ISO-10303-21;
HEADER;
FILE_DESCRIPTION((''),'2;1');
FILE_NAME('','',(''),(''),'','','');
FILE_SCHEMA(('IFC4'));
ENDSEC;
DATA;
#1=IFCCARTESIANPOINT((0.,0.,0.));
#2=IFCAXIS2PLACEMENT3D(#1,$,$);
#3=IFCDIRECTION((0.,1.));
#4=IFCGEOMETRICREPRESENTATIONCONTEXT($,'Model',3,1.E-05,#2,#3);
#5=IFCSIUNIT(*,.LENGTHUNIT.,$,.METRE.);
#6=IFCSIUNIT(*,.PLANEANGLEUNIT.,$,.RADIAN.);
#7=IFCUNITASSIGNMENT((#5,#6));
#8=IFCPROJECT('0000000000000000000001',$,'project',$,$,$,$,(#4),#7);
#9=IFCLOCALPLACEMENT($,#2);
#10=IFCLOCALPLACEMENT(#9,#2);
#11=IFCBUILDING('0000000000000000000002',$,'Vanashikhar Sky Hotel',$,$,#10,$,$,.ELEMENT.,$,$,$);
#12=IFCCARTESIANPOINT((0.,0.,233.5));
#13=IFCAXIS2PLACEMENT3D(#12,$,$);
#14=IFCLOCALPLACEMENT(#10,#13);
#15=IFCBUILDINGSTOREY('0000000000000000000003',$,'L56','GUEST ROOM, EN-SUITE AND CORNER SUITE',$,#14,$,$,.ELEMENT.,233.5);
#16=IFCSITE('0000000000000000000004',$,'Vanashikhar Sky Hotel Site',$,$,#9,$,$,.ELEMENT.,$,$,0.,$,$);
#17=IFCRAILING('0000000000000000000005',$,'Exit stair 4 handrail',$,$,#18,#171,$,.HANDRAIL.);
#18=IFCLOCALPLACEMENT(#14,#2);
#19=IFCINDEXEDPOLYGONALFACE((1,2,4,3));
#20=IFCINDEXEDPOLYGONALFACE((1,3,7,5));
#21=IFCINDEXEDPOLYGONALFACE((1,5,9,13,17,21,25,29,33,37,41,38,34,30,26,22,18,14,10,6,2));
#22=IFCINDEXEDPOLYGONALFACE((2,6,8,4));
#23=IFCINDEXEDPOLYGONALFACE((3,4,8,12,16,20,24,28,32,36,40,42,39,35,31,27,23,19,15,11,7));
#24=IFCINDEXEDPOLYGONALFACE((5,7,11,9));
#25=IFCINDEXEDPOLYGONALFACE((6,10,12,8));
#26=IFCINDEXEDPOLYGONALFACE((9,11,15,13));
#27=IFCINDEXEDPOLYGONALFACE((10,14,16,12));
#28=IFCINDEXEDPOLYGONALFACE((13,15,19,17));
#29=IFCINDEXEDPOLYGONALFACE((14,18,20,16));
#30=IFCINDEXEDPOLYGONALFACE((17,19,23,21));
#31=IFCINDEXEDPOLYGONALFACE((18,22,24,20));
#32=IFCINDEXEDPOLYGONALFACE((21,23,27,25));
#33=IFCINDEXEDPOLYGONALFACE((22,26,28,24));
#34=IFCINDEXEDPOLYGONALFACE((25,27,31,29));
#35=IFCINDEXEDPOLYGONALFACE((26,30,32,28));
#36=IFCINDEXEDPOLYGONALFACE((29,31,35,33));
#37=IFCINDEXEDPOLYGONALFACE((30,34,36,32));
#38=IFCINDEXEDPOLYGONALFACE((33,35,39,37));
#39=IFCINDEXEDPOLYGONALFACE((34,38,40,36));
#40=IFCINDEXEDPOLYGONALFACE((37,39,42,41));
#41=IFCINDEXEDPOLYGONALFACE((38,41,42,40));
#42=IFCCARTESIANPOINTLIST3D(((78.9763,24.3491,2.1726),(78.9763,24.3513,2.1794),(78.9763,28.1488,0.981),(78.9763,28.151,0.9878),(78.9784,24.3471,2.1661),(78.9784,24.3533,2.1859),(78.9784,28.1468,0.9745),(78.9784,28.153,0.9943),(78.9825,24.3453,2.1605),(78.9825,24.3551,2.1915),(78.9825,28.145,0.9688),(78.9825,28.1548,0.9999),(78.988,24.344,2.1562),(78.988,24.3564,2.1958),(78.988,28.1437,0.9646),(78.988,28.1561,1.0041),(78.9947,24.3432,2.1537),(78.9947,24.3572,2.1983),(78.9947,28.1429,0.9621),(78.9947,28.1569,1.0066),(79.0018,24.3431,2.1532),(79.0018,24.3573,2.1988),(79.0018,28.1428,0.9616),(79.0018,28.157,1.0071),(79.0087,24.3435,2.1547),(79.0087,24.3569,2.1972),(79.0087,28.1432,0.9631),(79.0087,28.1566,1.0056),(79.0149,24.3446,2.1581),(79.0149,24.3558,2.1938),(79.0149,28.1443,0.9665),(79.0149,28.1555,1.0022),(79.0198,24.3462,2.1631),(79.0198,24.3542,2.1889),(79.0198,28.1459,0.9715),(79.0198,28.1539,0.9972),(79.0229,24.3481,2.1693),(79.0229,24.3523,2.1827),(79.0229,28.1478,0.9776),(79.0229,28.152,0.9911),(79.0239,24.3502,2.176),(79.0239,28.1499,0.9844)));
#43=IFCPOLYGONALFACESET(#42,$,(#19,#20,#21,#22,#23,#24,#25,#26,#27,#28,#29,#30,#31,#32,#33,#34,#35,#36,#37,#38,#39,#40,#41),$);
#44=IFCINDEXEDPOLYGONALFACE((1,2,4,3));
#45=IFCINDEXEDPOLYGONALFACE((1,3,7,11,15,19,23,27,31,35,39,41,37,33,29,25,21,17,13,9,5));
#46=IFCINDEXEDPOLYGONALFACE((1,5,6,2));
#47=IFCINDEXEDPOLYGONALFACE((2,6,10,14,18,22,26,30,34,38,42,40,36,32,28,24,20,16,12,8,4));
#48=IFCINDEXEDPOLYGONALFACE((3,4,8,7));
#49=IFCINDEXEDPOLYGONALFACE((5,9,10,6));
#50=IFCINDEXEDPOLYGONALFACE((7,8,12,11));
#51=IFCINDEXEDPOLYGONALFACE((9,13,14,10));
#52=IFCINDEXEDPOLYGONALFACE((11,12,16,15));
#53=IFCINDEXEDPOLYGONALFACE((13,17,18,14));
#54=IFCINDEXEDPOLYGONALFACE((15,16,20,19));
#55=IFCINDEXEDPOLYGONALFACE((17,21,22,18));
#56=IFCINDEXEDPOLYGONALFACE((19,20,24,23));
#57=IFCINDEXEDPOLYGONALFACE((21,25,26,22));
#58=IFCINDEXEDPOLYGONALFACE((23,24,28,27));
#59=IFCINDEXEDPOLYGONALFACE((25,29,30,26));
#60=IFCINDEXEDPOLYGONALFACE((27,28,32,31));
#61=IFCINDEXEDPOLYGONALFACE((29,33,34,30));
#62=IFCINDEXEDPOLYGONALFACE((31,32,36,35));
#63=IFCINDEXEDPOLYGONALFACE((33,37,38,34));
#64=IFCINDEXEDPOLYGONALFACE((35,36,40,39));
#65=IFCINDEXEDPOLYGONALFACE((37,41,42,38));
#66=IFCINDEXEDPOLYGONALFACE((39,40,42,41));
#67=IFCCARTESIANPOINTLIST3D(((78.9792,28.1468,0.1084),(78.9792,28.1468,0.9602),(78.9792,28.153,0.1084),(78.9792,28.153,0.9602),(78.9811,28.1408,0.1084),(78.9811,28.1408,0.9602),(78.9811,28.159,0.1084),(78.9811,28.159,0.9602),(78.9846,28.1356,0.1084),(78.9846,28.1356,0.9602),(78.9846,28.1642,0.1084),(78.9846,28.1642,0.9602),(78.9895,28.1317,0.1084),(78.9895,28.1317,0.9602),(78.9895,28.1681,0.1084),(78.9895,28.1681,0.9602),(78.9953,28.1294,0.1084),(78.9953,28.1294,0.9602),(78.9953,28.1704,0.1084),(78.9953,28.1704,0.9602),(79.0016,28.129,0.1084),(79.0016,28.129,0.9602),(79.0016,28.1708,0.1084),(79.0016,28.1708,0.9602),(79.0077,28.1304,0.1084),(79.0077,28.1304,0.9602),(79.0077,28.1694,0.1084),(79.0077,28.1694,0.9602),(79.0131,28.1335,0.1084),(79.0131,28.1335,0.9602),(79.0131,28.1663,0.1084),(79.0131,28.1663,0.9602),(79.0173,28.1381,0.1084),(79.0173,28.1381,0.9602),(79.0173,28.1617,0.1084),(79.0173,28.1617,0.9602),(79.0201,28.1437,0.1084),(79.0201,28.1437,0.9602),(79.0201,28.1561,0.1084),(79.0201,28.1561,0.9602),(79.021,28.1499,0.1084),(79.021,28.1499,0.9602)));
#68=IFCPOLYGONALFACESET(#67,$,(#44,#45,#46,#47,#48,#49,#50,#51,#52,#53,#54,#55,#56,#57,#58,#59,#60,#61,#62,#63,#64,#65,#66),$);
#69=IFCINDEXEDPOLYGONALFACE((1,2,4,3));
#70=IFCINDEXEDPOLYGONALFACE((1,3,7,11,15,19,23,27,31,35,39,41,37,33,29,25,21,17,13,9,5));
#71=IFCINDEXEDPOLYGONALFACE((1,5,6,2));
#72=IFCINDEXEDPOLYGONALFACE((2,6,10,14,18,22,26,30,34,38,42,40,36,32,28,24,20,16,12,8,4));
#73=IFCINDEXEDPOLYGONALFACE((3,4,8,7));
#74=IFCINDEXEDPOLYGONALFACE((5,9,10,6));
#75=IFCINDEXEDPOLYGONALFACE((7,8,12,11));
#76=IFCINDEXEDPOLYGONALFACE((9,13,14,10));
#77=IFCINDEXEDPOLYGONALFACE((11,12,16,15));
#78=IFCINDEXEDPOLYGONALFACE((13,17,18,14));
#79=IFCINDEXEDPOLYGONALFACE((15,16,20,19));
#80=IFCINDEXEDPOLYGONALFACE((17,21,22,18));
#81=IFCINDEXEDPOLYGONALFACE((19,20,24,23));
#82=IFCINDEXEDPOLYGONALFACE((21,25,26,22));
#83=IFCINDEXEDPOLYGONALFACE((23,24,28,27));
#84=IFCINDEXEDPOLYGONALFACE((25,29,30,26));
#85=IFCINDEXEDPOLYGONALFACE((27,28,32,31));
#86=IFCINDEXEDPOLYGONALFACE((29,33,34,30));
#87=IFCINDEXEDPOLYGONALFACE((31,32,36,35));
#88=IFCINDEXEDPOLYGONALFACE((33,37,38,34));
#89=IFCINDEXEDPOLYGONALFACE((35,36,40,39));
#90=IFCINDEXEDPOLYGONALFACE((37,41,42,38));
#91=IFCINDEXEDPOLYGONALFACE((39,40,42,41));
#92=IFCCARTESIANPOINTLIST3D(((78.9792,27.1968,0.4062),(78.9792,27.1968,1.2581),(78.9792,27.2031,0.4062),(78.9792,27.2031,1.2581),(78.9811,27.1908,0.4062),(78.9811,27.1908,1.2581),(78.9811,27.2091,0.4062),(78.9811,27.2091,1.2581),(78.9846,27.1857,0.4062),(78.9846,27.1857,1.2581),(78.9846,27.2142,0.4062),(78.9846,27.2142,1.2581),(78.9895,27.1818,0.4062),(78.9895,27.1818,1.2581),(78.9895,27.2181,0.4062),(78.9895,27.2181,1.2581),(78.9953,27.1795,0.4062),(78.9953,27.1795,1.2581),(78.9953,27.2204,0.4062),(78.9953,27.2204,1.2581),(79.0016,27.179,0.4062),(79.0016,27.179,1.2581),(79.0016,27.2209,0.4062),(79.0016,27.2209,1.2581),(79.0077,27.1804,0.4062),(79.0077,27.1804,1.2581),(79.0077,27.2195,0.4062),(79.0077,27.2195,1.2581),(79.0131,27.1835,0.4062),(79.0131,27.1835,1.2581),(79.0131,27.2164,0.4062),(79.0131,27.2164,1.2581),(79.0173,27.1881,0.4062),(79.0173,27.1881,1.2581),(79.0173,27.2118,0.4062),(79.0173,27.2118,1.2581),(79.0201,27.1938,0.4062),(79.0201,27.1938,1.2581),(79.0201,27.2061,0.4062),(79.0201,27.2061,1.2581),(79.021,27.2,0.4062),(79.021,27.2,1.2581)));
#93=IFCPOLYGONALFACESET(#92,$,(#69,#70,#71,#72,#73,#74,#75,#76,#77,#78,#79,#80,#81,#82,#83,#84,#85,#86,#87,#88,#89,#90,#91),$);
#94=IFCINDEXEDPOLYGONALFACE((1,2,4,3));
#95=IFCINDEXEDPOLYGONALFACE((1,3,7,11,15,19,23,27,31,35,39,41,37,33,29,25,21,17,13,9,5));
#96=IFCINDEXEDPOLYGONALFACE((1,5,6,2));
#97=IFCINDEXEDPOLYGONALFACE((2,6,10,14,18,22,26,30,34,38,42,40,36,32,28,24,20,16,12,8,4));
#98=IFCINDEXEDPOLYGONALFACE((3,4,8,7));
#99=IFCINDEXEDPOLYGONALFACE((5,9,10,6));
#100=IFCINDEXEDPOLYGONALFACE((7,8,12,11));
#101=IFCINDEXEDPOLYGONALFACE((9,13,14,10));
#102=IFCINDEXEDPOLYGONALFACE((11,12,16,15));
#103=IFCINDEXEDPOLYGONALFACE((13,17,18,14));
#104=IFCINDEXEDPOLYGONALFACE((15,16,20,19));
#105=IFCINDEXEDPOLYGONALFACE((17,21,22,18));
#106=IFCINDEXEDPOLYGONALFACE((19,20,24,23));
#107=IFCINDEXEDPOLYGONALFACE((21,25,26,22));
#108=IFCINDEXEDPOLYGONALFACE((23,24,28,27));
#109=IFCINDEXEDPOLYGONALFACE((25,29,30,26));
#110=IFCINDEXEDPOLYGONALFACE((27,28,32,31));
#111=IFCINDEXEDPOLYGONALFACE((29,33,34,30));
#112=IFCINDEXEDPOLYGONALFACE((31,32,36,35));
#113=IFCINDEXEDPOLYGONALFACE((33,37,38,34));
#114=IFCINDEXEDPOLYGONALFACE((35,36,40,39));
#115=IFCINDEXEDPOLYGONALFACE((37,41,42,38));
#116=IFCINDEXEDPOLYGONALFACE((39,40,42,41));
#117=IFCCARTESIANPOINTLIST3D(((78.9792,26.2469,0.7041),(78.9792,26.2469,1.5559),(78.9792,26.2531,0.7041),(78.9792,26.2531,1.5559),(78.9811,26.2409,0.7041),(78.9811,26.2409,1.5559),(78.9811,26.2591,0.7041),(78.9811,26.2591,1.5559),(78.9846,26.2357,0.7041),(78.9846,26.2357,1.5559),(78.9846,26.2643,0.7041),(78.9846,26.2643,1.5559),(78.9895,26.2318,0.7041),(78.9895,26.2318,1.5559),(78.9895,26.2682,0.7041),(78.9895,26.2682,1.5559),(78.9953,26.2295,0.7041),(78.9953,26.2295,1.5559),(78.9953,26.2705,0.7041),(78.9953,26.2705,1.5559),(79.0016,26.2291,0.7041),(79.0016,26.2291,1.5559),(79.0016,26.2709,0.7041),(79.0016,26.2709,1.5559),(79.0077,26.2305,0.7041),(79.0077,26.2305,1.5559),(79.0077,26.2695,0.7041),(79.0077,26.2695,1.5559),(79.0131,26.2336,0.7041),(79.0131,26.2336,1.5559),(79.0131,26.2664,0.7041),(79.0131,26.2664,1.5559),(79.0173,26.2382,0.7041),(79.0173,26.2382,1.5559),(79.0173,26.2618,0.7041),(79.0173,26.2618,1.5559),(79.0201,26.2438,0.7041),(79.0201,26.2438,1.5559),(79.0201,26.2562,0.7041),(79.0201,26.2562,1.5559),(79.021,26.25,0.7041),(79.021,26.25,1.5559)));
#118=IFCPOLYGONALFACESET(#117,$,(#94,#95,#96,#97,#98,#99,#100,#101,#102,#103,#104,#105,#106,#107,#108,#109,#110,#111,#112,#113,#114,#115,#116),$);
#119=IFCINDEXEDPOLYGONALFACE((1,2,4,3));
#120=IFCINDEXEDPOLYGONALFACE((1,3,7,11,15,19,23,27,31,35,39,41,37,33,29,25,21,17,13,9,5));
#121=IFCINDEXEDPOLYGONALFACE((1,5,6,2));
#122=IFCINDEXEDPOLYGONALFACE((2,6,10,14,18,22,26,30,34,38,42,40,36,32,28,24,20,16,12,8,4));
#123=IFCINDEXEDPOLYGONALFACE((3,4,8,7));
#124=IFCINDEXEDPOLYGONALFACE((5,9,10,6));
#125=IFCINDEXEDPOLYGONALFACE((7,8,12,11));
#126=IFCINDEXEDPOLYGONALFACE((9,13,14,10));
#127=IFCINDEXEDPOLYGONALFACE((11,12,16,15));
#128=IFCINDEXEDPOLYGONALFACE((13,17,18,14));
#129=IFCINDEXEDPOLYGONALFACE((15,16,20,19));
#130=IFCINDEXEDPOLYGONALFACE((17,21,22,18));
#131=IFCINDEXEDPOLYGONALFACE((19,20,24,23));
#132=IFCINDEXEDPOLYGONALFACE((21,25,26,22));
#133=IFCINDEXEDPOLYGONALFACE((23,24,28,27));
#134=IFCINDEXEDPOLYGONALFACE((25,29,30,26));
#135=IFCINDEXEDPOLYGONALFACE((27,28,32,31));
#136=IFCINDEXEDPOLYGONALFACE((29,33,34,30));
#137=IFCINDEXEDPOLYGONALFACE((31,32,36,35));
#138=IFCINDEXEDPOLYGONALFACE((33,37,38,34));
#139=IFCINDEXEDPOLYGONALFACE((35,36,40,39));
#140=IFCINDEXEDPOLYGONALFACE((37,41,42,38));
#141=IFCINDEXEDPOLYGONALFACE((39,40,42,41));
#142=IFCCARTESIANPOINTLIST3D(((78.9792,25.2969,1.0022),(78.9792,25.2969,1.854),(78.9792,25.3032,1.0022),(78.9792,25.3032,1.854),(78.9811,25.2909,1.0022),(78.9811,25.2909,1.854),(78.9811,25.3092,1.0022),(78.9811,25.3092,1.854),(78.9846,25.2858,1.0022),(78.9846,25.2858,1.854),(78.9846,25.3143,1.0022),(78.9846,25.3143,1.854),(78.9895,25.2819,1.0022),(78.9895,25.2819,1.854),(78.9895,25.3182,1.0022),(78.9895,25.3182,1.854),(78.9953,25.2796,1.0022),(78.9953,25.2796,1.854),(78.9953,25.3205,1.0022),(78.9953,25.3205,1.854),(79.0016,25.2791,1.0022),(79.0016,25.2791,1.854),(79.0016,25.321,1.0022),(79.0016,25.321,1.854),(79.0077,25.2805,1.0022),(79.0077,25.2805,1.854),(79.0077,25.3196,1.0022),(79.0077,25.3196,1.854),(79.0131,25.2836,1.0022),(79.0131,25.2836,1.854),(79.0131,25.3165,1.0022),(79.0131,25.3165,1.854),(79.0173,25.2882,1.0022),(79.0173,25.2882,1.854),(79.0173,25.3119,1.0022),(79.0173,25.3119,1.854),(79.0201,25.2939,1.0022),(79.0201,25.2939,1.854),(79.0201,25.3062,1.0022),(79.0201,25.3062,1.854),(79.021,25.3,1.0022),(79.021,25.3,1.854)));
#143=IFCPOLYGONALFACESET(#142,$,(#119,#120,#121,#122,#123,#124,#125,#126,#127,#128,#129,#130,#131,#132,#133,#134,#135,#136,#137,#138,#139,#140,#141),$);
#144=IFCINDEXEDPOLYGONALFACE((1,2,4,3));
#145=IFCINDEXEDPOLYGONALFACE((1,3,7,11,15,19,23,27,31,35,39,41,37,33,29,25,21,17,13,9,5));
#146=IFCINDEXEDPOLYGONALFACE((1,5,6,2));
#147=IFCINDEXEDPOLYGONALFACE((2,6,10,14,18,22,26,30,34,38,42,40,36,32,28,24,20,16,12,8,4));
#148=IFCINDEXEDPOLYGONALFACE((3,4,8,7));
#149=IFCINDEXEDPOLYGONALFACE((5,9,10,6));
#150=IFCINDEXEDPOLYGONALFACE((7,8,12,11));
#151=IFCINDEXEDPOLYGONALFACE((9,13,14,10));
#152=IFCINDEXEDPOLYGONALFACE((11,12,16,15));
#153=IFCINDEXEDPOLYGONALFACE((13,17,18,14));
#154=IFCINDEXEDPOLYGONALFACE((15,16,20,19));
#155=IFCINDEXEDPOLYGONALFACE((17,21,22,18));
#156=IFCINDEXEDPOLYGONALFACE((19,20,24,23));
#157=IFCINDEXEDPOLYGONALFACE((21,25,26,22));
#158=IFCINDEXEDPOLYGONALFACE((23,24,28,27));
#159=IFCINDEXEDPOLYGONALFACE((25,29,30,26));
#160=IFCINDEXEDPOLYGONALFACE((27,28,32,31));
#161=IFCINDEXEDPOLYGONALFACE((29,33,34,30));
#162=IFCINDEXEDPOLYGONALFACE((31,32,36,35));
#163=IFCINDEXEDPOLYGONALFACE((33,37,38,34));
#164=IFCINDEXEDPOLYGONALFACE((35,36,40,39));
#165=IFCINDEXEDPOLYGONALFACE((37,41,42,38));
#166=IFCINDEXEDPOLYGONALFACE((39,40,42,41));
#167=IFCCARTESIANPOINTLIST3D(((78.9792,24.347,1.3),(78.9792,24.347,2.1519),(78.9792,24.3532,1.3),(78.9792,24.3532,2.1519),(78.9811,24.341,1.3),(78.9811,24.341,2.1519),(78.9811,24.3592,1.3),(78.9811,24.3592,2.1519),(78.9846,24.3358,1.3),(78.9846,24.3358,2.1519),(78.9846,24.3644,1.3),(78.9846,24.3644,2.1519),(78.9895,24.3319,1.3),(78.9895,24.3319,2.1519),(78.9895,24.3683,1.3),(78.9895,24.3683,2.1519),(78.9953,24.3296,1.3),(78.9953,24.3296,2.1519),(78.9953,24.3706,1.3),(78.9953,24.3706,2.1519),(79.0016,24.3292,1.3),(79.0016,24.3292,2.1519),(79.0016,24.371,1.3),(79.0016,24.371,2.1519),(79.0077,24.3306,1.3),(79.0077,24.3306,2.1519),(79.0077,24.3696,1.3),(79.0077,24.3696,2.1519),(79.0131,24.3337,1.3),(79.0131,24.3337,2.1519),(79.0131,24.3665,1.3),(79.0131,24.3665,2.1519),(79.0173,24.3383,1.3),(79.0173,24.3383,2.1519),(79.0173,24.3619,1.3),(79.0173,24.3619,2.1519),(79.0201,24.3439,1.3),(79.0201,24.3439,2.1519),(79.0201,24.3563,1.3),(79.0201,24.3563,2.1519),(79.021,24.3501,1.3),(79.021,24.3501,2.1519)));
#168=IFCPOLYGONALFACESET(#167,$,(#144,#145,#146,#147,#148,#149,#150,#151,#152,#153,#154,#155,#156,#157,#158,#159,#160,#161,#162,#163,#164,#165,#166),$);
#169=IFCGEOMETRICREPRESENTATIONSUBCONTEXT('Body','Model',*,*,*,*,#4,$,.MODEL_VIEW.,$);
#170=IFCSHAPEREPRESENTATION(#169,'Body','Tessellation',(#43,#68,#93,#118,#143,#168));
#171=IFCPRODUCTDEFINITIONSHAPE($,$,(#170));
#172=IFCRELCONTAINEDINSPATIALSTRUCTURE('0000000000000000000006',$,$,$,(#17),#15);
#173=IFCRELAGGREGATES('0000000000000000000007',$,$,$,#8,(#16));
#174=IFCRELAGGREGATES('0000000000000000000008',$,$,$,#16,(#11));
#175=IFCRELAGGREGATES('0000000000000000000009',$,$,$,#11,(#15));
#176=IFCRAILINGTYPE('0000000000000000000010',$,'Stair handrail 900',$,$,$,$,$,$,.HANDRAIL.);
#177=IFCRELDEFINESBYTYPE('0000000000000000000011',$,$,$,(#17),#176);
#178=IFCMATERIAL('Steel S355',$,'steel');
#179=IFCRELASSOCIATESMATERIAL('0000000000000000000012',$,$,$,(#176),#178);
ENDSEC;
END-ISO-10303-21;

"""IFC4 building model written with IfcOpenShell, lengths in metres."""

from ifc_helpers import new_model, si_unit, direction, frame, origin, origin_2d, place, context, subcontext, project, spatial, circle, extrude, source, transform, mapped, material, type_object, element, save


model = new_model("IFC4")

# Units and contexts
model_context = context("Model", 3, precision=1e-05, world=origin(), true_north=direction((0.0, 1.0)))
body_context = subcontext(model_context, "Body", "Model", "MODEL_VIEW")
ifc_project = project(units=[si_unit("LENGTHUNIT", "METRE"), si_unit("PLANEANGLEUNIT", "RADIAN")], contexts=[model_context])

# Site, building, storey
site_placement = place(None, origin())
site = spatial("IfcSite", under=ifc_project, at=site_placement, Name="Vanashikhar Sky Hotel Site", CompositionType="ELEMENT", RefElevation=0.0)
building_placement = place(site_placement, origin())
building = spatial("IfcBuilding", under=site, at=building_placement, Name="Vanashikhar Sky Hotel", CompositionType="ELEMENT")
storey_placement = place(building_placement, frame((0.0, 0.0, 233.5)))
storey = spatial("IfcBuildingStorey", under=building, at=storey_placement, Name="L56", Description="GUEST ROOM, EN-SUITE AND CORNER SUITE", CompositionType="ELEMENT", Elevation=233.5)

# Railing
ifc_material_1 = material(Name="Steel S355", Category="steel")
railing_type = type_object("IfcRailingType", Name="Stair handrail 900", PredefinedType="HANDRAIL", material=ifc_material_1)
shared_shape_1 = source(origin(), body_context, "Body", "SweptSolid", [
    extrude(circle(Radius=0.0239, at=origin_2d()), frame((0.0, 0.0, 0.876), z_axis=(0.0, -0.954178, 0.299238), x_axis=(1.0, 0.0, 0.0)), (0.0, 0.0, 1.0), 3.9822),
    extrude(circle(Radius=0.021, at=origin_2d()), origin(), (0.0, 0.0, 1.0), 0.8518),
    extrude(circle(Radius=0.021, at=origin_2d()), frame((0.0, -0.95, 0.2979)), (0.0, 0.0, 1.0), 0.8518),
    extrude(circle(Radius=0.021, at=origin_2d()), frame((0.0, -1.8999, 0.5957)), (0.0, 0.0, 1.0), 0.8518),
    extrude(circle(Radius=0.021, at=origin_2d()), frame((0.0, -2.8499, 0.8938)), (0.0, 0.0, 1.0), 0.8518),
    extrude(circle(Radius=0.021, at=origin_2d()), frame((0.0, -3.7998, 1.1917)), (0.0, 0.0, 1.0), 0.8518),
])
for number, where, name in (
    (1, (79.0, 28.1499, 0.1084), "Exit stair 4 handrail"),
):
    element("IfcRailing", number, at=place(storey_placement, frame(where)), inside=storey, type_object=railing_type, Name=name, PredefinedType="HANDRAIL", context=body_context, shape_type="MappedRepresentation", body=[
        mapped(shared_shape_1, transform((0.0, 0.0, 0.0), scale=1.0)),
    ])

save(model, "model.ifc")
